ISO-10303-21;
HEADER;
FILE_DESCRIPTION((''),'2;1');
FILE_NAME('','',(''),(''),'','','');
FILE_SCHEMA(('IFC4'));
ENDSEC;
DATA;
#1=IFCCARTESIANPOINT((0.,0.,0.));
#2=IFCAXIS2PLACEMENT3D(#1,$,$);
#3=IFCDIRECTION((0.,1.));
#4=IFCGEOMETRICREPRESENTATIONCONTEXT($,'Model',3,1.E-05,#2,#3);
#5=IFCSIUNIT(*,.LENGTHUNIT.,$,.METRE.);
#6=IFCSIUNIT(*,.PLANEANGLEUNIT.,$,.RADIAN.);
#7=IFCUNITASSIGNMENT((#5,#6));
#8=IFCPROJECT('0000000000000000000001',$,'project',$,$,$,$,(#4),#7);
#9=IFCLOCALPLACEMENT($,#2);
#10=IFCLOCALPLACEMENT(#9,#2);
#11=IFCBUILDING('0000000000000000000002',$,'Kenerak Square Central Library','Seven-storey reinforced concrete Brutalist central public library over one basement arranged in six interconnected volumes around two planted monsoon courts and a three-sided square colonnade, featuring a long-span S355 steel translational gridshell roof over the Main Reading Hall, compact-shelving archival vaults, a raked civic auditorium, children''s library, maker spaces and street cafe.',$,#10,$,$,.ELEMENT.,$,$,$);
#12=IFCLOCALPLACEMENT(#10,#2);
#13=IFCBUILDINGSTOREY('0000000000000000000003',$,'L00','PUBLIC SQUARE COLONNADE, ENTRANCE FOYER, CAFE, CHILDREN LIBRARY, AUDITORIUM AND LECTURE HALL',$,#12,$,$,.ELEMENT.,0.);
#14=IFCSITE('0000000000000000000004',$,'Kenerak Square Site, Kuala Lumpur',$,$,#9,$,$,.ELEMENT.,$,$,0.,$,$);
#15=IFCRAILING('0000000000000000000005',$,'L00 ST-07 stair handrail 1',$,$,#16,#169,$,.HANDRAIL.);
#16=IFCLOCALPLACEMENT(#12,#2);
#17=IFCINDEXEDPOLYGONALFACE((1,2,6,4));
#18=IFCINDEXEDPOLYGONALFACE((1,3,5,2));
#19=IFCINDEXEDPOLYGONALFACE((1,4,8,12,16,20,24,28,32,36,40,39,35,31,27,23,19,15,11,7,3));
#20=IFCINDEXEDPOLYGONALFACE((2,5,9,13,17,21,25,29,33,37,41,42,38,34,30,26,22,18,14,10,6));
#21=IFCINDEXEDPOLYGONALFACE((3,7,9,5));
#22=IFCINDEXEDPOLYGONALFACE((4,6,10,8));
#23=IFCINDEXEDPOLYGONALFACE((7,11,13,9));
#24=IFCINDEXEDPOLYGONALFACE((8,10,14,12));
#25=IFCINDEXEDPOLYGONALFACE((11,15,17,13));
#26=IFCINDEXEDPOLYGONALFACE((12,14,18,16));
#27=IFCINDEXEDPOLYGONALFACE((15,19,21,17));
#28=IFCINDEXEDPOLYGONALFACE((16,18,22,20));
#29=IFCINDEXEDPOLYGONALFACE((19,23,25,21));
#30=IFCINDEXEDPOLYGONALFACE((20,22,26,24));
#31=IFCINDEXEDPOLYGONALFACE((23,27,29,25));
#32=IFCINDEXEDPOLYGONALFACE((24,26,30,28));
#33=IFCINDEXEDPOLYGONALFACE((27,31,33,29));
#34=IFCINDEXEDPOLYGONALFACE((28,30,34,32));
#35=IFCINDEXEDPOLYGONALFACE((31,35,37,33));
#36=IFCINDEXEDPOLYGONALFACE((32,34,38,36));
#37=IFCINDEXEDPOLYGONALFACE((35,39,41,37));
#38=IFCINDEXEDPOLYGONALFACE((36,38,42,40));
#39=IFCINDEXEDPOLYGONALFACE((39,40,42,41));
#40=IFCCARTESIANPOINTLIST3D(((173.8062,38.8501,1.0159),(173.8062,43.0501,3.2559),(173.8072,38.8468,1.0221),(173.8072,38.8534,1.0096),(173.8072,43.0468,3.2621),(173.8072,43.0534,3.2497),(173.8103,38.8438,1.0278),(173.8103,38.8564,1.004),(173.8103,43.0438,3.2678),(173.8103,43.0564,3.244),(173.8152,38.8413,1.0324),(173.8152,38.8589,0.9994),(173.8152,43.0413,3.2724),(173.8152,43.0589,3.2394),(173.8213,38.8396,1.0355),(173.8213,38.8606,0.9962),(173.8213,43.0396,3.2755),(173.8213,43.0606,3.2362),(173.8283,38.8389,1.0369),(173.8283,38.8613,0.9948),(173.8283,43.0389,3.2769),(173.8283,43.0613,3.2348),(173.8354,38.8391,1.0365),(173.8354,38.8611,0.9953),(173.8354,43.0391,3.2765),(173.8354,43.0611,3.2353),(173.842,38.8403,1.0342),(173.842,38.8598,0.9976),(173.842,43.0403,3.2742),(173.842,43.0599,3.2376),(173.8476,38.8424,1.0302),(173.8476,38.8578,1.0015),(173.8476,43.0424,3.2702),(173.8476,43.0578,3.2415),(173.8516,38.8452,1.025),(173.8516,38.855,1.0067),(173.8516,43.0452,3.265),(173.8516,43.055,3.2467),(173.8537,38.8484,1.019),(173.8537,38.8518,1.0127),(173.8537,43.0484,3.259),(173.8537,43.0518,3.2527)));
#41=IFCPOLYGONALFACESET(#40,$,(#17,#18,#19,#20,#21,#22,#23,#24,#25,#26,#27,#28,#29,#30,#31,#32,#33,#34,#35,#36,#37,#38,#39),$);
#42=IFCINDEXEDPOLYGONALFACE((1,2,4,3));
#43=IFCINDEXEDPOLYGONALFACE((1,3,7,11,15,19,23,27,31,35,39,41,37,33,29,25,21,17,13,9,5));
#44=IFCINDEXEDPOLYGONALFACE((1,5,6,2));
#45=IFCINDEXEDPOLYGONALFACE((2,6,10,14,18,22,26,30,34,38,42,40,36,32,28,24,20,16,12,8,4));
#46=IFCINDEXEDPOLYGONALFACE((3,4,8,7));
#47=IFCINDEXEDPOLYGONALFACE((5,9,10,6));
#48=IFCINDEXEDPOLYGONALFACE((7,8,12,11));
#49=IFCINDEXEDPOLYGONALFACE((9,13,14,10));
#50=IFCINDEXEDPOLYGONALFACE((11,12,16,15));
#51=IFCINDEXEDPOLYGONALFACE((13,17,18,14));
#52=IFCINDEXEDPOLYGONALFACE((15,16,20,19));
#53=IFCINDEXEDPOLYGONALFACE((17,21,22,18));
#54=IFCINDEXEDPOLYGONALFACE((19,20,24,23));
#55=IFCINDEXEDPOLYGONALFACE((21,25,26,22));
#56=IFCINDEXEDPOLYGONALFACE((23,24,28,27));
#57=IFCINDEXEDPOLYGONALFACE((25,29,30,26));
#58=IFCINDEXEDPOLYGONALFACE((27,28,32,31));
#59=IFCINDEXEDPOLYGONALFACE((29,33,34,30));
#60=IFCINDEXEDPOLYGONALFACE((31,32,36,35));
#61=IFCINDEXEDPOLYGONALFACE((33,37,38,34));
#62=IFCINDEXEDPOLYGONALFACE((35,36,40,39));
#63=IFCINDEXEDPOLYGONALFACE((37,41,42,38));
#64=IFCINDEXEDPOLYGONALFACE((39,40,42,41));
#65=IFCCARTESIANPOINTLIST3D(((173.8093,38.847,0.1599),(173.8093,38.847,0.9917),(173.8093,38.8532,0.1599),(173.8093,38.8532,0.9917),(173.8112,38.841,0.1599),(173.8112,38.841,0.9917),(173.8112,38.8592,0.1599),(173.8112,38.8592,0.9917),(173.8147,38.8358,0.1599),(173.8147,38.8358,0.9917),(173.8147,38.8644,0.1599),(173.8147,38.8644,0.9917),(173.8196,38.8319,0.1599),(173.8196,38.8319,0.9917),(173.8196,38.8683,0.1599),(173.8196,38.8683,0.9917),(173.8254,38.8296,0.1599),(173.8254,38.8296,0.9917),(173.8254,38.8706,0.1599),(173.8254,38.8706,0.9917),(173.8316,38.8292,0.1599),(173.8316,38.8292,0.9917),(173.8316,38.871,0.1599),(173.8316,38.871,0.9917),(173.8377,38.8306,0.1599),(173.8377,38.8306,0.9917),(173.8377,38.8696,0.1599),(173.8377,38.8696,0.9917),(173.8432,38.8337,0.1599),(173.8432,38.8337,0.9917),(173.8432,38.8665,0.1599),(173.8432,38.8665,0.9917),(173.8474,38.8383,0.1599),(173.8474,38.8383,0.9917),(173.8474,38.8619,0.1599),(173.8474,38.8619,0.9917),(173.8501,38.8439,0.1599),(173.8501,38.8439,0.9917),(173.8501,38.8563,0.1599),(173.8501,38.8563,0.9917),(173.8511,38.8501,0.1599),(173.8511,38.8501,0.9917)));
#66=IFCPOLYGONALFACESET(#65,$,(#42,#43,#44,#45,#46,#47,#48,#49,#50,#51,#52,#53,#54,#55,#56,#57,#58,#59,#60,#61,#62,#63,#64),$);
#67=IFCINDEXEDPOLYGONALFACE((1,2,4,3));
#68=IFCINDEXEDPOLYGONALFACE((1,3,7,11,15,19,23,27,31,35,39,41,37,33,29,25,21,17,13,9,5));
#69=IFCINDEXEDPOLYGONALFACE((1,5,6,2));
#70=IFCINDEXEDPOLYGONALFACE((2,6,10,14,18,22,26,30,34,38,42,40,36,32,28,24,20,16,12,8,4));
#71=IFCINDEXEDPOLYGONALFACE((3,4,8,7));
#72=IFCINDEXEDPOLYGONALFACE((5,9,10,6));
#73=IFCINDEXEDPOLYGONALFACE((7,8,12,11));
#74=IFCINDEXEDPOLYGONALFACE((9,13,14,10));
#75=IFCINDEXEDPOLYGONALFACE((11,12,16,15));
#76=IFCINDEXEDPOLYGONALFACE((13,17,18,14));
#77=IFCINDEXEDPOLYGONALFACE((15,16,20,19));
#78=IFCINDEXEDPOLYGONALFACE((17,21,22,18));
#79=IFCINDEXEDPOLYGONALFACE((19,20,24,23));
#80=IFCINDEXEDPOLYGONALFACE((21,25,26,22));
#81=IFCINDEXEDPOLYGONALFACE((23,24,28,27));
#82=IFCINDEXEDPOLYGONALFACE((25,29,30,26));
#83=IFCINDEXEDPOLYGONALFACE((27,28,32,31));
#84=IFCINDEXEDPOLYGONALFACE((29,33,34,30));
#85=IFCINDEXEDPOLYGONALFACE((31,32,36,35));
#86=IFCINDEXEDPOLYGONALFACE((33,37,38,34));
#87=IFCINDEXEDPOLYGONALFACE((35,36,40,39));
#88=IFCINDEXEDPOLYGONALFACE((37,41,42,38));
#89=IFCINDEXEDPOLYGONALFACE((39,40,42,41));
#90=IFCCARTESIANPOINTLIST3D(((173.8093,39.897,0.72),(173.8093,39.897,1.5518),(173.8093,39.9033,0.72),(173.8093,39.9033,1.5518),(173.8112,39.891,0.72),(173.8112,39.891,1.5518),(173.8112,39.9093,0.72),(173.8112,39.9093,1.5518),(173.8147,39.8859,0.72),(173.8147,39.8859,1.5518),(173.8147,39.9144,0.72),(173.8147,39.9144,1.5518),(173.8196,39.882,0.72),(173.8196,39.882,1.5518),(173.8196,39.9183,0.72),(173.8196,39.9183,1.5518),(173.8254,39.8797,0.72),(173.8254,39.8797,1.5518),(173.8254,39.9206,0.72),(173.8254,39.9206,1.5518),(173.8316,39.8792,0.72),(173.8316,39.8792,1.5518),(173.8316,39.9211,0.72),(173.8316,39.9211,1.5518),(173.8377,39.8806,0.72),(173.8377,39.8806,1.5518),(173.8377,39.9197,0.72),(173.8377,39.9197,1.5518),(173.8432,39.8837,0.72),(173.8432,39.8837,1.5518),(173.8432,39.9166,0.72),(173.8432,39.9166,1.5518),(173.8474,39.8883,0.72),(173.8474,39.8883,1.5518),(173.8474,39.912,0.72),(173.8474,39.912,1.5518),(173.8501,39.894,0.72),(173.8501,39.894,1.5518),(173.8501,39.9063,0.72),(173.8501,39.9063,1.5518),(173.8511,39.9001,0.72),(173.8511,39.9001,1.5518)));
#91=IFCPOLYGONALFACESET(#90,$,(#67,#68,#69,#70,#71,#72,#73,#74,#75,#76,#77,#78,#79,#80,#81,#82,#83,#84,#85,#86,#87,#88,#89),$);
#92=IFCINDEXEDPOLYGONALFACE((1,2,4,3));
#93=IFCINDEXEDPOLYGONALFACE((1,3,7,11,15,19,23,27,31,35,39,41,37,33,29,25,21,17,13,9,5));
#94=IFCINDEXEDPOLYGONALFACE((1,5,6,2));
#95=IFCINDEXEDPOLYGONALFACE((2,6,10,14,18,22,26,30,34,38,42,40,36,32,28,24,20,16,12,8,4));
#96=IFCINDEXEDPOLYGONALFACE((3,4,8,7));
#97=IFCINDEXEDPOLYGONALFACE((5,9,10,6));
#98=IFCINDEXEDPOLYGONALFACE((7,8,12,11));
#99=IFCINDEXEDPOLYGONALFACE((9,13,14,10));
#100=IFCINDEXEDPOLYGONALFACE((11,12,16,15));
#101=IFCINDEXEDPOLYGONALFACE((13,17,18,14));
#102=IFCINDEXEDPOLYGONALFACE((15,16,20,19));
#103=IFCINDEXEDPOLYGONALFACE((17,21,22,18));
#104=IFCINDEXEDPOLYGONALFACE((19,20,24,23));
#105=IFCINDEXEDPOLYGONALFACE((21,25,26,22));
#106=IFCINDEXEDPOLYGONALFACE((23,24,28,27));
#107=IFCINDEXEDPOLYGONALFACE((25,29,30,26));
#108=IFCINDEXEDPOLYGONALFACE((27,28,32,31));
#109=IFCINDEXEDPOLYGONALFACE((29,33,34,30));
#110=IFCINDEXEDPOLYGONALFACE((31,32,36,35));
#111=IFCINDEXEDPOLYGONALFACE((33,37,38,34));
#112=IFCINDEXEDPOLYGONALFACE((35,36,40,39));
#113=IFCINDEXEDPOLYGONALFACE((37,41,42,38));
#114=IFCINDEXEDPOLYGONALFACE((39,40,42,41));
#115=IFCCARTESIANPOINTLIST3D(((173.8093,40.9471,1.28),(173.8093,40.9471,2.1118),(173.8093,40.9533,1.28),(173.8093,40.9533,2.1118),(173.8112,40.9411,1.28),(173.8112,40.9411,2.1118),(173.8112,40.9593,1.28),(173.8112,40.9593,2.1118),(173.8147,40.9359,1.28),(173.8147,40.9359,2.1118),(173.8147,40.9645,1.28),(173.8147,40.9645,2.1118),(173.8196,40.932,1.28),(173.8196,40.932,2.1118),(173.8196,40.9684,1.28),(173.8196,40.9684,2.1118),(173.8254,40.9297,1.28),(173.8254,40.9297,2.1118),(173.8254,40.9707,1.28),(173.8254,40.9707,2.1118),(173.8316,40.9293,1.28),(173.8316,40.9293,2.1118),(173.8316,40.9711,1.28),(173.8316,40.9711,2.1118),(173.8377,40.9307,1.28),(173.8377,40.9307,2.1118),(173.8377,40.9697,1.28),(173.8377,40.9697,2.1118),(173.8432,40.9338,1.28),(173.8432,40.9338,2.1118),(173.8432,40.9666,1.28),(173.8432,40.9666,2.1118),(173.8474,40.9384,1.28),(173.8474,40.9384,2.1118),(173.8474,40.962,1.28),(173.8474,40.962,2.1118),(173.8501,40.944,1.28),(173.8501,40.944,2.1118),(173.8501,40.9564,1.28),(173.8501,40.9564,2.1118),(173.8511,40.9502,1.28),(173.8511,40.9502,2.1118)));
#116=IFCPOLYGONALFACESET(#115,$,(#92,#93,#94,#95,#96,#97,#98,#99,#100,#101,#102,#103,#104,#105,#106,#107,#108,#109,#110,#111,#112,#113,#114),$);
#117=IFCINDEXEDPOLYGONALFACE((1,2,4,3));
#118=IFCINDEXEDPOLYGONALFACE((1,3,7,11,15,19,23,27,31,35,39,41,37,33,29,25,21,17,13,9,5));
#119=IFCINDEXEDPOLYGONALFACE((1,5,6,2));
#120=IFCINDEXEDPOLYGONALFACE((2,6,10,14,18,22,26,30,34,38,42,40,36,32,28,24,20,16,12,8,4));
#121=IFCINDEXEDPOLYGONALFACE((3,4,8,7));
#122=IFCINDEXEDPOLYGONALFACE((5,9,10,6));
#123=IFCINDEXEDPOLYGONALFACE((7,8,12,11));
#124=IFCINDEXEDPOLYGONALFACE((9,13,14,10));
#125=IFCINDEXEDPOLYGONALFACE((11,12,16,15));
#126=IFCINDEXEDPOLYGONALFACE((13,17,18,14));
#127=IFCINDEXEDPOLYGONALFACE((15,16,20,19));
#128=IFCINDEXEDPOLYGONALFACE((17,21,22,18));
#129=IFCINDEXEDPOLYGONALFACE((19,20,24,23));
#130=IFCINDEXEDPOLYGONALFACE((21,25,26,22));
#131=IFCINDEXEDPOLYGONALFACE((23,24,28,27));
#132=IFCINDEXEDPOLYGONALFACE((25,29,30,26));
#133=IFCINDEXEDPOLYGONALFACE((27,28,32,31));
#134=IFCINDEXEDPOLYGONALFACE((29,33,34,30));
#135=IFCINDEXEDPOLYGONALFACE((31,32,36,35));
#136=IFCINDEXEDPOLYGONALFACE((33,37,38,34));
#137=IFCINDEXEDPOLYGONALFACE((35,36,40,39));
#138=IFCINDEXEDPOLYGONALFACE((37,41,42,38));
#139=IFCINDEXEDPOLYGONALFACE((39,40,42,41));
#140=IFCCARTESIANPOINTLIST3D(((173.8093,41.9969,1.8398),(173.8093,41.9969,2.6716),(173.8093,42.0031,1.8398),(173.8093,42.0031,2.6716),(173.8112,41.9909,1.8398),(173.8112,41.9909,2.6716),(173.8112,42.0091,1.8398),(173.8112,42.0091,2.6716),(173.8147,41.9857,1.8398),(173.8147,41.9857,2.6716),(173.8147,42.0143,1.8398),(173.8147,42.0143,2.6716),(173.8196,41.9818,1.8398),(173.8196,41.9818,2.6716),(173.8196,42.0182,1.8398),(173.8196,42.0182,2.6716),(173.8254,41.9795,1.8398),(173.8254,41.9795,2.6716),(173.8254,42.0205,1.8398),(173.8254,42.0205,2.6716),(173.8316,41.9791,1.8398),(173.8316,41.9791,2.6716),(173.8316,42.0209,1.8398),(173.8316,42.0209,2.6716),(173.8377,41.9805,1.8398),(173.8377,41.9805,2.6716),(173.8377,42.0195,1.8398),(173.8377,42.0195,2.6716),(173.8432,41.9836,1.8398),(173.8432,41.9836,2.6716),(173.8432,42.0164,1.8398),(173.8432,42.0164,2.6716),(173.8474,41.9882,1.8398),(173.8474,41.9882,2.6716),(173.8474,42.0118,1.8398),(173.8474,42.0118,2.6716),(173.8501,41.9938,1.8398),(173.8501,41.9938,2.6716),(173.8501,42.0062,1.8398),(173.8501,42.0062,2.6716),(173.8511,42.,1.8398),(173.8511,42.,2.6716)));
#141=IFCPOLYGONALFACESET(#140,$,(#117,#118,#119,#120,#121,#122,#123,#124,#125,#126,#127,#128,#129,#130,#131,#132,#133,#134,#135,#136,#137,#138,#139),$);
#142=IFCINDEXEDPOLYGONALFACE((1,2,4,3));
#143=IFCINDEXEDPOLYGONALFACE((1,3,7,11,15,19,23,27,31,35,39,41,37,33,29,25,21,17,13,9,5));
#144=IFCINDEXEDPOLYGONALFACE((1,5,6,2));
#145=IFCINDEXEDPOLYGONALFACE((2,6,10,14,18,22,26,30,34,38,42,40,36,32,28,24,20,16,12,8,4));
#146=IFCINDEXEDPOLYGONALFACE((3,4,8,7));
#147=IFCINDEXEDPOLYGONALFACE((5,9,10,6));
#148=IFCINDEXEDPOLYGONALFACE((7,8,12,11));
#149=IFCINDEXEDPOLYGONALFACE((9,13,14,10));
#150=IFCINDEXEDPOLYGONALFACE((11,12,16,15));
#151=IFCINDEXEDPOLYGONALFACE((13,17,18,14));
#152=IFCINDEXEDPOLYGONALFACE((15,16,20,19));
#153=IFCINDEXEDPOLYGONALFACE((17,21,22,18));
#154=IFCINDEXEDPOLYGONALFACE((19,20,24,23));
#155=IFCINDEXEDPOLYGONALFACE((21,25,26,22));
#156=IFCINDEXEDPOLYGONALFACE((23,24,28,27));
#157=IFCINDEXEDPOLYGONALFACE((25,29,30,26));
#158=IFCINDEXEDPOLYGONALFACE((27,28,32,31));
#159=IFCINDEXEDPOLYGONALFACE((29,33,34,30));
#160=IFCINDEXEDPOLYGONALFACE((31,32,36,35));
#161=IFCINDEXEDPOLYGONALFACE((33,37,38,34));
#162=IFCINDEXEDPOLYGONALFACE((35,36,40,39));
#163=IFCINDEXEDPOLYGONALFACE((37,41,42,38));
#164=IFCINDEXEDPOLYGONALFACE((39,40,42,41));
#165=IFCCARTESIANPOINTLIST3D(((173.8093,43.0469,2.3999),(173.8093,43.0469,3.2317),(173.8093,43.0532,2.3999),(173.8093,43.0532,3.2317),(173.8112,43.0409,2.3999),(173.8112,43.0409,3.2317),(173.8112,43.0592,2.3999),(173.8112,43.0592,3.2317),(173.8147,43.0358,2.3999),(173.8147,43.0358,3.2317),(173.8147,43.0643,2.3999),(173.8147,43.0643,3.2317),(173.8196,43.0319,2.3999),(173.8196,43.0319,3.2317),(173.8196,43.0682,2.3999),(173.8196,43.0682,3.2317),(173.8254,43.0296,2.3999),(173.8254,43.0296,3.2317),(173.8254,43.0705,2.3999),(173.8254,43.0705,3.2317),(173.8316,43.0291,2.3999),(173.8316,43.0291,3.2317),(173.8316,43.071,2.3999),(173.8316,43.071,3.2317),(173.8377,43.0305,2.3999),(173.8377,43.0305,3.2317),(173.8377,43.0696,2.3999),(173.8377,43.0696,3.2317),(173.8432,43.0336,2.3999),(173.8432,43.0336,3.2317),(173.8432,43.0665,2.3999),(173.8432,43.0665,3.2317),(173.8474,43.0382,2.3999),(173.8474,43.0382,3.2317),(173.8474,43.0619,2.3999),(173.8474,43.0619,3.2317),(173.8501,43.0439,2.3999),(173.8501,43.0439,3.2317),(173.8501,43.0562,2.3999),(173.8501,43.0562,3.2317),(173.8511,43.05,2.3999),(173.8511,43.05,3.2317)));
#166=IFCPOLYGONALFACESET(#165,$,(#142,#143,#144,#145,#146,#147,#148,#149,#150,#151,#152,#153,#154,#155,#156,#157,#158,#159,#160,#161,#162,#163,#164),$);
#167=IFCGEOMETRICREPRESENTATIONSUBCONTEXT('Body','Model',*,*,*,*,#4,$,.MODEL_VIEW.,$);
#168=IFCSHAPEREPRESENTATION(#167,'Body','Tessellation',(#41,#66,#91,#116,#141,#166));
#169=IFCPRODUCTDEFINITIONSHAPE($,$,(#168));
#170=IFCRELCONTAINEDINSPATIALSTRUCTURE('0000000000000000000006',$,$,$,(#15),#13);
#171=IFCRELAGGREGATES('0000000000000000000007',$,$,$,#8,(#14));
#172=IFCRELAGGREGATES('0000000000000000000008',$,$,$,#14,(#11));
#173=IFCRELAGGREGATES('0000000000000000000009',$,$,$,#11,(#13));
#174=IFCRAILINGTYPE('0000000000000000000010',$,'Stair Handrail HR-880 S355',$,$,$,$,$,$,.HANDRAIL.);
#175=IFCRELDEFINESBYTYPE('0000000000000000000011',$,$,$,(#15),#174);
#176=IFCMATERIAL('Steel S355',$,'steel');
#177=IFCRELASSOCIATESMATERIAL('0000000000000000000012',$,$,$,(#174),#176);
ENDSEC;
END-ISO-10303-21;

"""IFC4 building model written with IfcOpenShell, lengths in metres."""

from ifc_helpers import new_model, si_unit, direction, frame, origin, origin_2d, place, context, subcontext, project, spatial, circle, extrude, material, type_object, element, save


model = new_model("IFC4")

# Units and contexts
model_context = context("Model", 3, precision=1e-05, world=origin(), true_north=direction((0.0, 1.0)))
body_context = subcontext(model_context, "Body", "Model", "MODEL_VIEW")
ifc_project = project(units=[si_unit("LENGTHUNIT", "METRE"), si_unit("PLANEANGLEUNIT", "RADIAN")], contexts=[model_context])

# Site, building, storey
site_placement = place(None, origin())
site = spatial("IfcSite", under=ifc_project, at=site_placement, Name="Kenerak Square Site, Kuala Lumpur", CompositionType="ELEMENT", RefElevation=0.0)
building_placement = place(site_placement, origin())
building = spatial("IfcBuilding", under=site, at=building_placement, Name="Kenerak Square Central Library", Description="Seven-storey reinforced concrete Brutalist central public library over one basement arranged in six interconnected volumes around two planted monsoon courts and a three-sided square colonnade, featuring a long-span S355 steel translational gridshell roof over the Main Reading Hall, compact-shelving archival vaults, a raked civic auditorium, children's library, maker spaces and street cafe.", CompositionType="ELEMENT")
storey_placement = place(building_placement, origin())
storey = spatial("IfcBuildingStorey", under=building, at=storey_placement, Name="L00", Description="PUBLIC SQUARE COLONNADE, ENTRANCE FOYER, CAFE, CHILDREN LIBRARY, AUDITORIUM AND LECTURE HALL", CompositionType="ELEMENT", Elevation=0.0)

# Railing
ifc_material_1 = material(Name="Steel S355", Category="steel")
railing_type_1 = type_object("IfcRailingType", Name="Stair Handrail HR-880 S355", PredefinedType="HANDRAIL", material=ifc_material_1)
railing_1_placement = place(storey_placement, frame((173.8301, 38.8501, 0.1599)))
element("IfcRailing", 1, at=railing_1_placement, inside=storey, type_object=railing_type_1, Name="L00 ST-07 stair handrail 1", PredefinedType="HANDRAIL", context=body_context, shape_type="SweptSolid", body=[
    extrude(circle(Radius=0.0239, at=origin_2d()), frame((0.0, 0.0, 0.856), z_axis=(0.0, 0.882352, 0.470591), x_axis=(-1.0, 0.0, 0.0)), (0.0, 0.0, 1.0), 4.76),
    extrude(circle(Radius=0.021, at=origin_2d()), origin(), (0.0, 0.0, 1.0), 0.8318),
    extrude(circle(Radius=0.021, at=origin_2d()), frame((0.0, 1.05, 0.5601)), (0.0, 0.0, 1.0), 0.8318),
    extrude(circle(Radius=0.021, at=origin_2d()), frame((0.0, 2.1001, 1.1201)), (0.0, 0.0, 1.0), 0.8318),
    extrude(circle(Radius=0.021, at=origin_2d()), frame((0.0, 3.1499, 1.6799)), (0.0, 0.0, 1.0), 0.8318),
    extrude(circle(Radius=0.021, at=origin_2d()), frame((0.0, 4.2, 2.24)), (0.0, 0.0, 1.0), 0.8318),
])

save(model, "model.ifc")
